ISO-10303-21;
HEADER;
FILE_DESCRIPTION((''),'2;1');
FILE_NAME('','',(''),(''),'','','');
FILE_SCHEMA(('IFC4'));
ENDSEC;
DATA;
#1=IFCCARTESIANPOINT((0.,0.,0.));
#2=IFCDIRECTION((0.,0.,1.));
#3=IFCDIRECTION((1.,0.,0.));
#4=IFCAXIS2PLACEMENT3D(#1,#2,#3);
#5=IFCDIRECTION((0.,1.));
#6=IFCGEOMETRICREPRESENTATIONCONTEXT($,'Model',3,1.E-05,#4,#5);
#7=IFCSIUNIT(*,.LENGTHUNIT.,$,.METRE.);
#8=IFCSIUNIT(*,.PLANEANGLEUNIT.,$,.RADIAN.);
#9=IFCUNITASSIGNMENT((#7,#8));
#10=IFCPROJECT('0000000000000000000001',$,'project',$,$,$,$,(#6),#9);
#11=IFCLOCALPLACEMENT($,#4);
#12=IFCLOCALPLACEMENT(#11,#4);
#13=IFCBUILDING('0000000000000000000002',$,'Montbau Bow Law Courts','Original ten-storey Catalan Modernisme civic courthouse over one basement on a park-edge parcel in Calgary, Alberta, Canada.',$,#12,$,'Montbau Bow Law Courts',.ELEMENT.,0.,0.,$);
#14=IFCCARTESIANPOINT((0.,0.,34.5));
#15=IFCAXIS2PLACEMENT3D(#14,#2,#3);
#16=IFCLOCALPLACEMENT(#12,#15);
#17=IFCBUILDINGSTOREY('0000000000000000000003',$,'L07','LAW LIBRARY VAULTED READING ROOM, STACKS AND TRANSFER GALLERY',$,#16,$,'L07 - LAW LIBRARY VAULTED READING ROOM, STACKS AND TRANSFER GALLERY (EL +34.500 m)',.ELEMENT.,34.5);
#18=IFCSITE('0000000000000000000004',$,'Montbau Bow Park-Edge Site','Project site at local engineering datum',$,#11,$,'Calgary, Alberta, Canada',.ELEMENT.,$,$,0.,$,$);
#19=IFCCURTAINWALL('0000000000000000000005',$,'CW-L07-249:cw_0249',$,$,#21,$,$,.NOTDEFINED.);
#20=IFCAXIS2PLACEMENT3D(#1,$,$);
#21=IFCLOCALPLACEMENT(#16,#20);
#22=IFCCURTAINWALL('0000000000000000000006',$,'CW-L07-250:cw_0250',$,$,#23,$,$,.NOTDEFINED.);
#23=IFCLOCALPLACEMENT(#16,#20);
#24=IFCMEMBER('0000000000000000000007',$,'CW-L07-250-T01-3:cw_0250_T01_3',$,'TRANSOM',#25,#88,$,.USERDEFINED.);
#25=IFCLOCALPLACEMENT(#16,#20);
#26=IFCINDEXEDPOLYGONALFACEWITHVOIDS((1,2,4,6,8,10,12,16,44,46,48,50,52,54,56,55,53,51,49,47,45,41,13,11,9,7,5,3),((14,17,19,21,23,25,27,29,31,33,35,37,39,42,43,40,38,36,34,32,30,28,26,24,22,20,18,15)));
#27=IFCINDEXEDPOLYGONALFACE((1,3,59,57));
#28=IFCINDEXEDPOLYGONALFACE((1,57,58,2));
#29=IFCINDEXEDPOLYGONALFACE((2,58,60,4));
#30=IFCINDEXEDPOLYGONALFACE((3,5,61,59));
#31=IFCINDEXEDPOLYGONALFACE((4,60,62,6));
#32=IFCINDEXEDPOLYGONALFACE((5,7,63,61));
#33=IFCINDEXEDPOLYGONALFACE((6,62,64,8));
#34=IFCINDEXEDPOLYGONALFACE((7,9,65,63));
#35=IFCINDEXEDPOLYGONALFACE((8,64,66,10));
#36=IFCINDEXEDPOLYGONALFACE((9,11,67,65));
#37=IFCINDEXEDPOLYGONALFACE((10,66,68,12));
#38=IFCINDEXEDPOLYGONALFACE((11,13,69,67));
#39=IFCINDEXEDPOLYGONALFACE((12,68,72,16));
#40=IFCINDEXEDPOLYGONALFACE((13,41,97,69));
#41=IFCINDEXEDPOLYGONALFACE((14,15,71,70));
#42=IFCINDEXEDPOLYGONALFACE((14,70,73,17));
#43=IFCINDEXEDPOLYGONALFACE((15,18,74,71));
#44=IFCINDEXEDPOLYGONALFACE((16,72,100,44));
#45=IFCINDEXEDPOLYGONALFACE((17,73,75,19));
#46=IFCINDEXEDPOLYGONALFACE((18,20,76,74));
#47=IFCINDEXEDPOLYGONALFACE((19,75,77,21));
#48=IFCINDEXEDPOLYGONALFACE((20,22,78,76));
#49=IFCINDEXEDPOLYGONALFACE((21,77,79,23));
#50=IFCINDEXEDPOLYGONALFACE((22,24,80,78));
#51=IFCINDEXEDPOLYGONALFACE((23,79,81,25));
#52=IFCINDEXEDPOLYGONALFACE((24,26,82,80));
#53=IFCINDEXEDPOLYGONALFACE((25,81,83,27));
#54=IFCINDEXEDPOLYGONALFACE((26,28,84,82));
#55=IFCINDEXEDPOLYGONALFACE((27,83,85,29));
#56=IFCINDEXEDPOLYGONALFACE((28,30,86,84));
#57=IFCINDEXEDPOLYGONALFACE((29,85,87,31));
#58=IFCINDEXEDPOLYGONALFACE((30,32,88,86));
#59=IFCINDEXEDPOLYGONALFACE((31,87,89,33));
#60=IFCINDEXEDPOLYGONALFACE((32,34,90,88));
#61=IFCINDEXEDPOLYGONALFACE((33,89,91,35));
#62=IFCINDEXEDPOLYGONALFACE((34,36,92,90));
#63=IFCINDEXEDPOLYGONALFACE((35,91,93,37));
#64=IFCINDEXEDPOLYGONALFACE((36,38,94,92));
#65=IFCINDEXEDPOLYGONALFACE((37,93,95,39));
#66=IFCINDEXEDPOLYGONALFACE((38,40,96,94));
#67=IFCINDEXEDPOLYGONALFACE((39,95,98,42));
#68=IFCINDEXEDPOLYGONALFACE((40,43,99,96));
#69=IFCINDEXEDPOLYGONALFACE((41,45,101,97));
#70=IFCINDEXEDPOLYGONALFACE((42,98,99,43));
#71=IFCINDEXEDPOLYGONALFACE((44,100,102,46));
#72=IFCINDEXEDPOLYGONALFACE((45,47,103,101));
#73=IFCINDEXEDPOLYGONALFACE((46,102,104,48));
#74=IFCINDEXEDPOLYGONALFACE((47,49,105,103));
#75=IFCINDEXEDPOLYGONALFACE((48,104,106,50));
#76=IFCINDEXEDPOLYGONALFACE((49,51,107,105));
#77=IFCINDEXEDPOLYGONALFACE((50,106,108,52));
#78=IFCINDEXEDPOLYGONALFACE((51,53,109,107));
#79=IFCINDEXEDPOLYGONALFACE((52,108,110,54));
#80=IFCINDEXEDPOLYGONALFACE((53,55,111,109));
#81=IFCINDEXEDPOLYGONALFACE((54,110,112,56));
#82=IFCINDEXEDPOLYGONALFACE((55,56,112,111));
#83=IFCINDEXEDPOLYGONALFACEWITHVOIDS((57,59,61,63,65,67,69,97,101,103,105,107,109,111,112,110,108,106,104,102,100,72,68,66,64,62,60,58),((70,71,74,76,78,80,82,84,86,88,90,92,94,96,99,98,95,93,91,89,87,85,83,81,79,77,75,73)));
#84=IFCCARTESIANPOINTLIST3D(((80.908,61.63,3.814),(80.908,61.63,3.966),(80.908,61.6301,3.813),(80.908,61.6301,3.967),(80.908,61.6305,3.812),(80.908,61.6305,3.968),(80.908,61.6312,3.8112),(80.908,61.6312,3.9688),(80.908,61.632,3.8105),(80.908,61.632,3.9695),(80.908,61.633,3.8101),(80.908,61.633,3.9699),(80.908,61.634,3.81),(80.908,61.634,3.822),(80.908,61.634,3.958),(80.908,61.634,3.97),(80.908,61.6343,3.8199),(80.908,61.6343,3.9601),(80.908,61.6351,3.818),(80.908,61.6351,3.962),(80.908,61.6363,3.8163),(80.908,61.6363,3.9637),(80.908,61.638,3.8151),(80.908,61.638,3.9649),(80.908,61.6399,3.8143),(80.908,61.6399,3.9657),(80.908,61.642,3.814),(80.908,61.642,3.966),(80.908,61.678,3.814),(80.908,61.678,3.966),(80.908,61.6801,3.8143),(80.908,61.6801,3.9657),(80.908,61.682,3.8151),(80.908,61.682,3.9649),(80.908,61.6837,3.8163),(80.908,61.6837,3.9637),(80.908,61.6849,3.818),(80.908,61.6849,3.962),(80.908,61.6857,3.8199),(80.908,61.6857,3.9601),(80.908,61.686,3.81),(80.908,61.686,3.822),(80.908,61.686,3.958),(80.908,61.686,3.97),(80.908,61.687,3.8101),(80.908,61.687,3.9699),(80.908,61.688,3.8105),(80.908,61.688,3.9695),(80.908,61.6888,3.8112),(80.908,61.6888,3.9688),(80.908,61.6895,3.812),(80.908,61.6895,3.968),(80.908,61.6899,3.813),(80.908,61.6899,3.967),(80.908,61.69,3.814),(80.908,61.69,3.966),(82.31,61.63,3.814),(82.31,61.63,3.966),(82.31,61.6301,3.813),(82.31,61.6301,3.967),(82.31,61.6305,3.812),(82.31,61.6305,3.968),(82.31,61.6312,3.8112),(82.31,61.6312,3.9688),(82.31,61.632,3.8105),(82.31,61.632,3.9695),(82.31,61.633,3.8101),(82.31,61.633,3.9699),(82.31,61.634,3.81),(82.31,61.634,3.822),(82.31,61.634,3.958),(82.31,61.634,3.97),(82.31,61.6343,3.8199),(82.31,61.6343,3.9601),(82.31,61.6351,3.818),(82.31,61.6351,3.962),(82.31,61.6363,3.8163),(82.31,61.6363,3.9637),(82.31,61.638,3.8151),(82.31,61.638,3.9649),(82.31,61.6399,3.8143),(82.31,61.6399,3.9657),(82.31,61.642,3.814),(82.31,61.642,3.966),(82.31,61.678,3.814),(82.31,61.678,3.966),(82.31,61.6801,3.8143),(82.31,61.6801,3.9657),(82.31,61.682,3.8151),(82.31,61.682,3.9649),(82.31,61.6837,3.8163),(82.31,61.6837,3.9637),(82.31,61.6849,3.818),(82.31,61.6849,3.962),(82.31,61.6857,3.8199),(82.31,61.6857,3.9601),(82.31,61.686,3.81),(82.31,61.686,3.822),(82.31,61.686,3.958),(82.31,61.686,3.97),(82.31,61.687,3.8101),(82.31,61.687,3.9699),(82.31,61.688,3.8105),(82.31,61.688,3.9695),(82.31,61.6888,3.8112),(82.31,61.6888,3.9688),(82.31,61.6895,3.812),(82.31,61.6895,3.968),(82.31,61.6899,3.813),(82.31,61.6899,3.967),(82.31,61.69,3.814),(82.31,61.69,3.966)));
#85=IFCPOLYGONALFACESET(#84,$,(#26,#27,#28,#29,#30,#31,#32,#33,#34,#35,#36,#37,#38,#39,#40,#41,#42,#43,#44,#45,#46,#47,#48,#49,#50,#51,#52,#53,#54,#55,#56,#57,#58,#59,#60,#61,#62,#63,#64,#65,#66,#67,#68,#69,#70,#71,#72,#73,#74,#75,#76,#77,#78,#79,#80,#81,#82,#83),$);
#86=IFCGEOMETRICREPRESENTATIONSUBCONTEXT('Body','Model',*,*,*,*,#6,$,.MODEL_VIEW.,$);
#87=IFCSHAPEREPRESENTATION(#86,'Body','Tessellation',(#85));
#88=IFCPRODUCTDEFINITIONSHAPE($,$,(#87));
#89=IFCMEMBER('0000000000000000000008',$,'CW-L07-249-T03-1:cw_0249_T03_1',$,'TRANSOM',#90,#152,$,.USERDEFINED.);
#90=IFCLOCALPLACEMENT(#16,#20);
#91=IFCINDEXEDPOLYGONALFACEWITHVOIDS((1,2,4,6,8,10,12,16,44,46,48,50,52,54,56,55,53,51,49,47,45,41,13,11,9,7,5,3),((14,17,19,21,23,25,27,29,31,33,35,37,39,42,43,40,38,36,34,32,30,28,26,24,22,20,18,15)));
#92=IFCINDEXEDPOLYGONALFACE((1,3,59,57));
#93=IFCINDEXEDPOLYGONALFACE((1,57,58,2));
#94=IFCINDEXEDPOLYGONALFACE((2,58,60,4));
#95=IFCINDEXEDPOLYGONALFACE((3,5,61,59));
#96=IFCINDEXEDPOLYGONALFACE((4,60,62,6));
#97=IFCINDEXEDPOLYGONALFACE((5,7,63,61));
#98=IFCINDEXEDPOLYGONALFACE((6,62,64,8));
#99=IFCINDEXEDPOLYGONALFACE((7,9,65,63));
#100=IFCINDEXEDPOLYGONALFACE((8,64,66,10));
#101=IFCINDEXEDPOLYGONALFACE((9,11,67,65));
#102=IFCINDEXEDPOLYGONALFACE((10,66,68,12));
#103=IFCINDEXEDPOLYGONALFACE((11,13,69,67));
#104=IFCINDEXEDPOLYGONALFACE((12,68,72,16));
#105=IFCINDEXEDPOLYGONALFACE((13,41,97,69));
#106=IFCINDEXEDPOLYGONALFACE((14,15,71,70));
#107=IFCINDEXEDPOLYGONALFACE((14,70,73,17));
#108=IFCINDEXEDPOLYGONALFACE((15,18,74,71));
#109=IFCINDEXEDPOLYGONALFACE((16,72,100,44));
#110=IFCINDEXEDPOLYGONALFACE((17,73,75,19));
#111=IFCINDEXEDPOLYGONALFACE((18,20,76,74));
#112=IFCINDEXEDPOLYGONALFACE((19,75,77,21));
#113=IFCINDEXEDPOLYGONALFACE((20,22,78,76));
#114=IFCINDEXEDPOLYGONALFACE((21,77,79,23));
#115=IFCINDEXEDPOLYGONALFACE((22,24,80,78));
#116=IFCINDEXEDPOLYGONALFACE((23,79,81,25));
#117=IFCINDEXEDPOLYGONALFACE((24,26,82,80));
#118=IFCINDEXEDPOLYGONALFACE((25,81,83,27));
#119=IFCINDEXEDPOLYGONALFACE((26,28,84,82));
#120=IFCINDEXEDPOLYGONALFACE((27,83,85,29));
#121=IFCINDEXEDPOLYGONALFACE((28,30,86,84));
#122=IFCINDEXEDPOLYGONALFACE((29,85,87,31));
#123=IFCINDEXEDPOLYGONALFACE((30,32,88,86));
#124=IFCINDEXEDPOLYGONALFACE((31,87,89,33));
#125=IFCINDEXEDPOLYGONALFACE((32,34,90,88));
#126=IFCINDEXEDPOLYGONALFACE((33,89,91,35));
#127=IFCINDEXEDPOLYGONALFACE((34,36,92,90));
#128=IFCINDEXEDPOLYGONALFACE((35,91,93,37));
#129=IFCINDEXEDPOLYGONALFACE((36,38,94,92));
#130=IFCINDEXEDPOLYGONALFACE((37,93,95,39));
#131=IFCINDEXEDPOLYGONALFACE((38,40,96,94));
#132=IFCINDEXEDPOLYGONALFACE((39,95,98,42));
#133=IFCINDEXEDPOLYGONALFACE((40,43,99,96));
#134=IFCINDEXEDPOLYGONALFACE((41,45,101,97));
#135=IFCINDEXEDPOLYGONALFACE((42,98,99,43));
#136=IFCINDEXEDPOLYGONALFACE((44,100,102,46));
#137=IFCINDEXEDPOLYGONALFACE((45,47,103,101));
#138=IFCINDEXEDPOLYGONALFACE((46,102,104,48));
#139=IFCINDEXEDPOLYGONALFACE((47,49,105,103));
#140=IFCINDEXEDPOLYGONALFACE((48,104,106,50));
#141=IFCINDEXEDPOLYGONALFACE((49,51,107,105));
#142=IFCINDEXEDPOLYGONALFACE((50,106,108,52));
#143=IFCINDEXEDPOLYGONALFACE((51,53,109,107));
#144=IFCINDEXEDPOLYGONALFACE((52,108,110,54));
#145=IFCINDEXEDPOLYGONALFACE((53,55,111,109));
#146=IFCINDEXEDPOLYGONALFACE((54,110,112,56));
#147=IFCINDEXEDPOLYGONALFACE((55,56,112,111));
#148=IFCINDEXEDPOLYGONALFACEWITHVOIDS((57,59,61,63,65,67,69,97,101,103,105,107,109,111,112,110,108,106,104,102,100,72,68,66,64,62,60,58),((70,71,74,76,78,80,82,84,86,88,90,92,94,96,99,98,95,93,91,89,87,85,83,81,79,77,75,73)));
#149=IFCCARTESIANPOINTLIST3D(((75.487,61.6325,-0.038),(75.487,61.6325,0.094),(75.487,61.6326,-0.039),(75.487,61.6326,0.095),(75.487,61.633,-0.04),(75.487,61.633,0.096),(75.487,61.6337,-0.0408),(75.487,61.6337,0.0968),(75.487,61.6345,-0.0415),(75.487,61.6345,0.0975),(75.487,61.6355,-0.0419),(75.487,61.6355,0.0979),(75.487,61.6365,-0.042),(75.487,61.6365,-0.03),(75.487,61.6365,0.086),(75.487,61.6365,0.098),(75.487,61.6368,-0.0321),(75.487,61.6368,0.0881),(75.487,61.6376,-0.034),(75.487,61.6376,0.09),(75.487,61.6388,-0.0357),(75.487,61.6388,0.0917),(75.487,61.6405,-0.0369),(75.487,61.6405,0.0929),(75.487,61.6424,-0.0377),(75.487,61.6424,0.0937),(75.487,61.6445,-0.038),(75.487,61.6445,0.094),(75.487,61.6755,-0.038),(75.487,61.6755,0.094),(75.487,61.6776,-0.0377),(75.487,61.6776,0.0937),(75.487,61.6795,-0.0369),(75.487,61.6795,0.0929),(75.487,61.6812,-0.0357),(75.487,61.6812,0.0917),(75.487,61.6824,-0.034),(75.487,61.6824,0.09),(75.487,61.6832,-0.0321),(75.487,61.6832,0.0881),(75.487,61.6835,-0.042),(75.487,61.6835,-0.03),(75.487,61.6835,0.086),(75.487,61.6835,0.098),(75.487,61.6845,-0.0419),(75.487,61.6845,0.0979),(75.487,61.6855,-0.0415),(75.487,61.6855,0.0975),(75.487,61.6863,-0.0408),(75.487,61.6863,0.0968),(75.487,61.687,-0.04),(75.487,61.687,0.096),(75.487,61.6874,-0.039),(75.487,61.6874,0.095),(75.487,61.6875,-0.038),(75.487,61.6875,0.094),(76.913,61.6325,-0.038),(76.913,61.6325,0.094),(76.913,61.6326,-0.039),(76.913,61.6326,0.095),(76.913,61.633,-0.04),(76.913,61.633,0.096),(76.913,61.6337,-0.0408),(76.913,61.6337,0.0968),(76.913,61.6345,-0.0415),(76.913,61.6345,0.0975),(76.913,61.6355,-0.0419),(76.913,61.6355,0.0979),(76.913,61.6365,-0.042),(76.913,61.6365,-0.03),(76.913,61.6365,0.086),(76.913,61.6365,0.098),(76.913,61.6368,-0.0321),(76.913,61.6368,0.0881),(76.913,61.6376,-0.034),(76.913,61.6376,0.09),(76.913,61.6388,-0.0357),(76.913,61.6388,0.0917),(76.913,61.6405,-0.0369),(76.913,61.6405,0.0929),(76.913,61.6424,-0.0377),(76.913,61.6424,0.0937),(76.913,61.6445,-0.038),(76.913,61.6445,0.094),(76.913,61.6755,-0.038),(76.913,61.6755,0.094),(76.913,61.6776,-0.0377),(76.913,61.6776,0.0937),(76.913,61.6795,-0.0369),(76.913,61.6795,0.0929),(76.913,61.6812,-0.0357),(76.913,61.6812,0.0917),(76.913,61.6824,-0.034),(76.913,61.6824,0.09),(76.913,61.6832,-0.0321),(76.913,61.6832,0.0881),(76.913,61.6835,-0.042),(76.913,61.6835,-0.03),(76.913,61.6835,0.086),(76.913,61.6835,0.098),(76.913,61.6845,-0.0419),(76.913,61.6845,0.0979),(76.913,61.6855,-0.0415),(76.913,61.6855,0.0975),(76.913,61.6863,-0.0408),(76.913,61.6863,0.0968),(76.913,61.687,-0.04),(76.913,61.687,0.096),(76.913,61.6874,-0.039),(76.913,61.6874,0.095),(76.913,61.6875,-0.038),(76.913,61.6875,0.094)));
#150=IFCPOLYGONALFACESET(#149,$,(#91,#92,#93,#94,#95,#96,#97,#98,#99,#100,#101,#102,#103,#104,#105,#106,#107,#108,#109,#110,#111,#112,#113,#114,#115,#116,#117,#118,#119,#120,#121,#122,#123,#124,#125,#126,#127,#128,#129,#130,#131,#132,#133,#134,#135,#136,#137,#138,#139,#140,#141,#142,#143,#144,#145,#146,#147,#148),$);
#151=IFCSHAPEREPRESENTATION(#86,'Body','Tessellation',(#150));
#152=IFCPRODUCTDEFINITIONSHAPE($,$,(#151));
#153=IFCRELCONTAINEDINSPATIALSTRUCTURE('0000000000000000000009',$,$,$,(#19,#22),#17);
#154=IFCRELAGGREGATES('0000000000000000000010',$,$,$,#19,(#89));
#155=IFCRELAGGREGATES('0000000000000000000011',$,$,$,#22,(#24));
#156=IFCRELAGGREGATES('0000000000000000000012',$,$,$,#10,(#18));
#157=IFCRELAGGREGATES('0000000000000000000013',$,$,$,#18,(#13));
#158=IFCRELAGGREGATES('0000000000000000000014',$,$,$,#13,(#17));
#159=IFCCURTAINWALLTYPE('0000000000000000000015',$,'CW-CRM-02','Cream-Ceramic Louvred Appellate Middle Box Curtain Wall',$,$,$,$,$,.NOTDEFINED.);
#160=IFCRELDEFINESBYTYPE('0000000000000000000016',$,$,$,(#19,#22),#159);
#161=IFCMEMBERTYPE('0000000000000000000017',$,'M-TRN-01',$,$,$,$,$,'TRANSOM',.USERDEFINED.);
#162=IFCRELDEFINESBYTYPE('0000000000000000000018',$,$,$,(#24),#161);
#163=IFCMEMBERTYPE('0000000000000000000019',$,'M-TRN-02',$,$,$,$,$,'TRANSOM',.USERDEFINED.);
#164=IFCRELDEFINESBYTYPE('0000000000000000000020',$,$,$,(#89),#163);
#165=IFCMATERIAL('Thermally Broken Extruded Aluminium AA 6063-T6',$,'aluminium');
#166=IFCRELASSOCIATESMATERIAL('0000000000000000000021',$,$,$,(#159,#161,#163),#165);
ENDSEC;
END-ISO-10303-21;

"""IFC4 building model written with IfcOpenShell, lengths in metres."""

from ifc_helpers import new_model, si_unit, direction, frame, origin_with_axes, origin_2d_with_axis, place, context, subcontext, project, spatial, hollow_rectangle, extrude, material, material_profile, profile_set, type_object, element, aggregate, save


model = new_model("IFC4")

# Units and contexts
model_context = context("Model", 3, precision=1e-05, world=origin_with_axes(), true_north=direction((0.0, 1.0)))
body_context = subcontext(model_context, "Body", "Model", "MODEL_VIEW")
ifc_project = project(units=[si_unit("LENGTHUNIT", "METRE"), si_unit("PLANEANGLEUNIT", "RADIAN")], contexts=[model_context])

# Site, building, storey
site_placement = place(None, origin_with_axes())
site = spatial("IfcSite", under=ifc_project, at=site_placement, Name="Montbau Bow Park-Edge Site", Description="Project site at local engineering datum", LongName="Calgary, Alberta, Canada", CompositionType="ELEMENT", RefElevation=0.0)
building_placement = place(site_placement, origin_with_axes())
building = spatial("IfcBuilding", under=site, at=building_placement, Name="Montbau Bow Law Courts", Description="Original ten-storey Catalan Modernisme civic courthouse over one basement on a park-edge parcel in Calgary, Alberta, Canada.", LongName="Montbau Bow Law Courts", CompositionType="ELEMENT", ElevationOfRefHeight=0.0, ElevationOfTerrain=0.0)
storey_placement = place(building_placement, frame((0.0, 0.0, 34.5), z_axis=(0.0, 0.0, 1.0), x_axis=(1.0, 0.0, 0.0)))
storey = spatial("IfcBuildingStorey", under=building, at=storey_placement, Name="L07", Description="LAW LIBRARY VAULTED READING ROOM, STACKS AND TRANSFER GALLERY", LongName="L07 - LAW LIBRARY VAULTED READING ROOM, STACKS AND TRANSFER GALLERY (EL +34.500 m)", CompositionType="ELEMENT", Elevation=34.5)

# Curtain walls, member
ifc_material_1 = material(Name="Thermally Broken Extruded Aluminium AA 6063-T6", Category="aluminium")
curtain_wall_type = type_object("IfcCurtainWallType", Name="CW-CRM-02", Description="Cream-Ceramic Louvred Appellate Middle Box Curtain Wall", PredefinedType="NOTDEFINED", material=ifc_material_1)
curtain_wall_1_placement = place(None, frame((72.44, 61.66, 34.5), z_axis=(0.0, 0.0, 1.0), x_axis=(1.0, 0.0, 0.0)))
curtain_wall_1 = element("IfcCurtainWall", 1, at=curtain_wall_1_placement, inside=storey, type_object=curtain_wall_type, Name="CW-L07-249:cw_0249", PredefinedType="NOTDEFINED")
curtain_wall_2_placement = place(None, frame((80.84, 61.66, 34.5), z_axis=(0.0, 0.0, 1.0), x_axis=(1.0, 0.0, 0.0)))
curtain_wall_2 = element("IfcCurtainWall", 2, at=curtain_wall_2_placement, inside=storey, type_object=curtain_wall_type, Name="CW-L07-250:cw_0250", PredefinedType="NOTDEFINED")
ifc_material_profile_1 = material_profile(ifc_material_1, hollow_rectangle(XDim=0.06, YDim=0.16, WallThickness=0.004, InnerFilletRadius=0.008, OuterFilletRadius=0.004, at=origin_2d_with_axis()), Name="CWT-160X60", Category="Main", Priority=0)
ifc_profile_set_1 = profile_set([ifc_material_profile_1], Name="Thermally Broken Extruded Aluminium AA 6063-T6")
member_type_1 = type_object("IfcMemberType", Name="M-TRN-01", ElementType="TRANSOM", PredefinedType="USERDEFINED", material=ifc_profile_set_1)
member_1_placement = place(None, frame((80.908, 61.66, 38.39), z_axis=(1.0, 0.0, 0.0), x_axis=(0.0, 1.0, 0.0)))
member_1 = element("IfcMember", 3, at=member_1_placement, type_object=member_type_1, Name="CW-L07-250-T01-3:cw_0250_T01_3", ObjectType="TRANSOM", PredefinedType="USERDEFINED", context=body_context, shape_type="SweptSolid", body=[
    extrude(hollow_rectangle(XDim=0.06, YDim=0.16, WallThickness=0.004, InnerFilletRadius=0.008, OuterFilletRadius=0.004, at=origin_2d_with_axis()), origin_with_axes(), (0.0, 0.0, 1.0), 1.402),
])

# Member
ifc_material_profile_2 = material_profile(ifc_material_1, hollow_rectangle(XDim=0.055, YDim=0.14, WallThickness=0.004, InnerFilletRadius=0.008, OuterFilletRadius=0.004, at=origin_2d_with_axis()), Name="CWT-140X55", Category="Main", Priority=0)
ifc_profile_set_2 = profile_set([ifc_material_profile_2], Name="Thermally Broken Extruded Aluminium AA 6063-T6")
member_type_2 = type_object("IfcMemberType", Name="M-TRN-02", ElementType="TRANSOM", PredefinedType="USERDEFINED", material=ifc_profile_set_2)
member_2_placement = place(None, frame((75.487, 61.66, 34.528), z_axis=(1.0, 0.0, 0.0), x_axis=(0.0, 1.0, 0.0)))
member_2 = element("IfcMember", 4, at=member_2_placement, type_object=member_type_2, Name="CW-L07-249-T03-1:cw_0249_T03_1", ObjectType="TRANSOM", PredefinedType="USERDEFINED", context=body_context, shape_type="SweptSolid", body=[
    extrude(hollow_rectangle(XDim=0.055, YDim=0.14, WallThickness=0.004, InnerFilletRadius=0.008, OuterFilletRadius=0.004, at=origin_2d_with_axis()), origin_with_axes(), (0.0, 0.0, 1.0), 1.426),
])

aggregate(curtain_wall_1, [member_2])
aggregate(curtain_wall_2, [member_1])

save(model, "model.ifc")
